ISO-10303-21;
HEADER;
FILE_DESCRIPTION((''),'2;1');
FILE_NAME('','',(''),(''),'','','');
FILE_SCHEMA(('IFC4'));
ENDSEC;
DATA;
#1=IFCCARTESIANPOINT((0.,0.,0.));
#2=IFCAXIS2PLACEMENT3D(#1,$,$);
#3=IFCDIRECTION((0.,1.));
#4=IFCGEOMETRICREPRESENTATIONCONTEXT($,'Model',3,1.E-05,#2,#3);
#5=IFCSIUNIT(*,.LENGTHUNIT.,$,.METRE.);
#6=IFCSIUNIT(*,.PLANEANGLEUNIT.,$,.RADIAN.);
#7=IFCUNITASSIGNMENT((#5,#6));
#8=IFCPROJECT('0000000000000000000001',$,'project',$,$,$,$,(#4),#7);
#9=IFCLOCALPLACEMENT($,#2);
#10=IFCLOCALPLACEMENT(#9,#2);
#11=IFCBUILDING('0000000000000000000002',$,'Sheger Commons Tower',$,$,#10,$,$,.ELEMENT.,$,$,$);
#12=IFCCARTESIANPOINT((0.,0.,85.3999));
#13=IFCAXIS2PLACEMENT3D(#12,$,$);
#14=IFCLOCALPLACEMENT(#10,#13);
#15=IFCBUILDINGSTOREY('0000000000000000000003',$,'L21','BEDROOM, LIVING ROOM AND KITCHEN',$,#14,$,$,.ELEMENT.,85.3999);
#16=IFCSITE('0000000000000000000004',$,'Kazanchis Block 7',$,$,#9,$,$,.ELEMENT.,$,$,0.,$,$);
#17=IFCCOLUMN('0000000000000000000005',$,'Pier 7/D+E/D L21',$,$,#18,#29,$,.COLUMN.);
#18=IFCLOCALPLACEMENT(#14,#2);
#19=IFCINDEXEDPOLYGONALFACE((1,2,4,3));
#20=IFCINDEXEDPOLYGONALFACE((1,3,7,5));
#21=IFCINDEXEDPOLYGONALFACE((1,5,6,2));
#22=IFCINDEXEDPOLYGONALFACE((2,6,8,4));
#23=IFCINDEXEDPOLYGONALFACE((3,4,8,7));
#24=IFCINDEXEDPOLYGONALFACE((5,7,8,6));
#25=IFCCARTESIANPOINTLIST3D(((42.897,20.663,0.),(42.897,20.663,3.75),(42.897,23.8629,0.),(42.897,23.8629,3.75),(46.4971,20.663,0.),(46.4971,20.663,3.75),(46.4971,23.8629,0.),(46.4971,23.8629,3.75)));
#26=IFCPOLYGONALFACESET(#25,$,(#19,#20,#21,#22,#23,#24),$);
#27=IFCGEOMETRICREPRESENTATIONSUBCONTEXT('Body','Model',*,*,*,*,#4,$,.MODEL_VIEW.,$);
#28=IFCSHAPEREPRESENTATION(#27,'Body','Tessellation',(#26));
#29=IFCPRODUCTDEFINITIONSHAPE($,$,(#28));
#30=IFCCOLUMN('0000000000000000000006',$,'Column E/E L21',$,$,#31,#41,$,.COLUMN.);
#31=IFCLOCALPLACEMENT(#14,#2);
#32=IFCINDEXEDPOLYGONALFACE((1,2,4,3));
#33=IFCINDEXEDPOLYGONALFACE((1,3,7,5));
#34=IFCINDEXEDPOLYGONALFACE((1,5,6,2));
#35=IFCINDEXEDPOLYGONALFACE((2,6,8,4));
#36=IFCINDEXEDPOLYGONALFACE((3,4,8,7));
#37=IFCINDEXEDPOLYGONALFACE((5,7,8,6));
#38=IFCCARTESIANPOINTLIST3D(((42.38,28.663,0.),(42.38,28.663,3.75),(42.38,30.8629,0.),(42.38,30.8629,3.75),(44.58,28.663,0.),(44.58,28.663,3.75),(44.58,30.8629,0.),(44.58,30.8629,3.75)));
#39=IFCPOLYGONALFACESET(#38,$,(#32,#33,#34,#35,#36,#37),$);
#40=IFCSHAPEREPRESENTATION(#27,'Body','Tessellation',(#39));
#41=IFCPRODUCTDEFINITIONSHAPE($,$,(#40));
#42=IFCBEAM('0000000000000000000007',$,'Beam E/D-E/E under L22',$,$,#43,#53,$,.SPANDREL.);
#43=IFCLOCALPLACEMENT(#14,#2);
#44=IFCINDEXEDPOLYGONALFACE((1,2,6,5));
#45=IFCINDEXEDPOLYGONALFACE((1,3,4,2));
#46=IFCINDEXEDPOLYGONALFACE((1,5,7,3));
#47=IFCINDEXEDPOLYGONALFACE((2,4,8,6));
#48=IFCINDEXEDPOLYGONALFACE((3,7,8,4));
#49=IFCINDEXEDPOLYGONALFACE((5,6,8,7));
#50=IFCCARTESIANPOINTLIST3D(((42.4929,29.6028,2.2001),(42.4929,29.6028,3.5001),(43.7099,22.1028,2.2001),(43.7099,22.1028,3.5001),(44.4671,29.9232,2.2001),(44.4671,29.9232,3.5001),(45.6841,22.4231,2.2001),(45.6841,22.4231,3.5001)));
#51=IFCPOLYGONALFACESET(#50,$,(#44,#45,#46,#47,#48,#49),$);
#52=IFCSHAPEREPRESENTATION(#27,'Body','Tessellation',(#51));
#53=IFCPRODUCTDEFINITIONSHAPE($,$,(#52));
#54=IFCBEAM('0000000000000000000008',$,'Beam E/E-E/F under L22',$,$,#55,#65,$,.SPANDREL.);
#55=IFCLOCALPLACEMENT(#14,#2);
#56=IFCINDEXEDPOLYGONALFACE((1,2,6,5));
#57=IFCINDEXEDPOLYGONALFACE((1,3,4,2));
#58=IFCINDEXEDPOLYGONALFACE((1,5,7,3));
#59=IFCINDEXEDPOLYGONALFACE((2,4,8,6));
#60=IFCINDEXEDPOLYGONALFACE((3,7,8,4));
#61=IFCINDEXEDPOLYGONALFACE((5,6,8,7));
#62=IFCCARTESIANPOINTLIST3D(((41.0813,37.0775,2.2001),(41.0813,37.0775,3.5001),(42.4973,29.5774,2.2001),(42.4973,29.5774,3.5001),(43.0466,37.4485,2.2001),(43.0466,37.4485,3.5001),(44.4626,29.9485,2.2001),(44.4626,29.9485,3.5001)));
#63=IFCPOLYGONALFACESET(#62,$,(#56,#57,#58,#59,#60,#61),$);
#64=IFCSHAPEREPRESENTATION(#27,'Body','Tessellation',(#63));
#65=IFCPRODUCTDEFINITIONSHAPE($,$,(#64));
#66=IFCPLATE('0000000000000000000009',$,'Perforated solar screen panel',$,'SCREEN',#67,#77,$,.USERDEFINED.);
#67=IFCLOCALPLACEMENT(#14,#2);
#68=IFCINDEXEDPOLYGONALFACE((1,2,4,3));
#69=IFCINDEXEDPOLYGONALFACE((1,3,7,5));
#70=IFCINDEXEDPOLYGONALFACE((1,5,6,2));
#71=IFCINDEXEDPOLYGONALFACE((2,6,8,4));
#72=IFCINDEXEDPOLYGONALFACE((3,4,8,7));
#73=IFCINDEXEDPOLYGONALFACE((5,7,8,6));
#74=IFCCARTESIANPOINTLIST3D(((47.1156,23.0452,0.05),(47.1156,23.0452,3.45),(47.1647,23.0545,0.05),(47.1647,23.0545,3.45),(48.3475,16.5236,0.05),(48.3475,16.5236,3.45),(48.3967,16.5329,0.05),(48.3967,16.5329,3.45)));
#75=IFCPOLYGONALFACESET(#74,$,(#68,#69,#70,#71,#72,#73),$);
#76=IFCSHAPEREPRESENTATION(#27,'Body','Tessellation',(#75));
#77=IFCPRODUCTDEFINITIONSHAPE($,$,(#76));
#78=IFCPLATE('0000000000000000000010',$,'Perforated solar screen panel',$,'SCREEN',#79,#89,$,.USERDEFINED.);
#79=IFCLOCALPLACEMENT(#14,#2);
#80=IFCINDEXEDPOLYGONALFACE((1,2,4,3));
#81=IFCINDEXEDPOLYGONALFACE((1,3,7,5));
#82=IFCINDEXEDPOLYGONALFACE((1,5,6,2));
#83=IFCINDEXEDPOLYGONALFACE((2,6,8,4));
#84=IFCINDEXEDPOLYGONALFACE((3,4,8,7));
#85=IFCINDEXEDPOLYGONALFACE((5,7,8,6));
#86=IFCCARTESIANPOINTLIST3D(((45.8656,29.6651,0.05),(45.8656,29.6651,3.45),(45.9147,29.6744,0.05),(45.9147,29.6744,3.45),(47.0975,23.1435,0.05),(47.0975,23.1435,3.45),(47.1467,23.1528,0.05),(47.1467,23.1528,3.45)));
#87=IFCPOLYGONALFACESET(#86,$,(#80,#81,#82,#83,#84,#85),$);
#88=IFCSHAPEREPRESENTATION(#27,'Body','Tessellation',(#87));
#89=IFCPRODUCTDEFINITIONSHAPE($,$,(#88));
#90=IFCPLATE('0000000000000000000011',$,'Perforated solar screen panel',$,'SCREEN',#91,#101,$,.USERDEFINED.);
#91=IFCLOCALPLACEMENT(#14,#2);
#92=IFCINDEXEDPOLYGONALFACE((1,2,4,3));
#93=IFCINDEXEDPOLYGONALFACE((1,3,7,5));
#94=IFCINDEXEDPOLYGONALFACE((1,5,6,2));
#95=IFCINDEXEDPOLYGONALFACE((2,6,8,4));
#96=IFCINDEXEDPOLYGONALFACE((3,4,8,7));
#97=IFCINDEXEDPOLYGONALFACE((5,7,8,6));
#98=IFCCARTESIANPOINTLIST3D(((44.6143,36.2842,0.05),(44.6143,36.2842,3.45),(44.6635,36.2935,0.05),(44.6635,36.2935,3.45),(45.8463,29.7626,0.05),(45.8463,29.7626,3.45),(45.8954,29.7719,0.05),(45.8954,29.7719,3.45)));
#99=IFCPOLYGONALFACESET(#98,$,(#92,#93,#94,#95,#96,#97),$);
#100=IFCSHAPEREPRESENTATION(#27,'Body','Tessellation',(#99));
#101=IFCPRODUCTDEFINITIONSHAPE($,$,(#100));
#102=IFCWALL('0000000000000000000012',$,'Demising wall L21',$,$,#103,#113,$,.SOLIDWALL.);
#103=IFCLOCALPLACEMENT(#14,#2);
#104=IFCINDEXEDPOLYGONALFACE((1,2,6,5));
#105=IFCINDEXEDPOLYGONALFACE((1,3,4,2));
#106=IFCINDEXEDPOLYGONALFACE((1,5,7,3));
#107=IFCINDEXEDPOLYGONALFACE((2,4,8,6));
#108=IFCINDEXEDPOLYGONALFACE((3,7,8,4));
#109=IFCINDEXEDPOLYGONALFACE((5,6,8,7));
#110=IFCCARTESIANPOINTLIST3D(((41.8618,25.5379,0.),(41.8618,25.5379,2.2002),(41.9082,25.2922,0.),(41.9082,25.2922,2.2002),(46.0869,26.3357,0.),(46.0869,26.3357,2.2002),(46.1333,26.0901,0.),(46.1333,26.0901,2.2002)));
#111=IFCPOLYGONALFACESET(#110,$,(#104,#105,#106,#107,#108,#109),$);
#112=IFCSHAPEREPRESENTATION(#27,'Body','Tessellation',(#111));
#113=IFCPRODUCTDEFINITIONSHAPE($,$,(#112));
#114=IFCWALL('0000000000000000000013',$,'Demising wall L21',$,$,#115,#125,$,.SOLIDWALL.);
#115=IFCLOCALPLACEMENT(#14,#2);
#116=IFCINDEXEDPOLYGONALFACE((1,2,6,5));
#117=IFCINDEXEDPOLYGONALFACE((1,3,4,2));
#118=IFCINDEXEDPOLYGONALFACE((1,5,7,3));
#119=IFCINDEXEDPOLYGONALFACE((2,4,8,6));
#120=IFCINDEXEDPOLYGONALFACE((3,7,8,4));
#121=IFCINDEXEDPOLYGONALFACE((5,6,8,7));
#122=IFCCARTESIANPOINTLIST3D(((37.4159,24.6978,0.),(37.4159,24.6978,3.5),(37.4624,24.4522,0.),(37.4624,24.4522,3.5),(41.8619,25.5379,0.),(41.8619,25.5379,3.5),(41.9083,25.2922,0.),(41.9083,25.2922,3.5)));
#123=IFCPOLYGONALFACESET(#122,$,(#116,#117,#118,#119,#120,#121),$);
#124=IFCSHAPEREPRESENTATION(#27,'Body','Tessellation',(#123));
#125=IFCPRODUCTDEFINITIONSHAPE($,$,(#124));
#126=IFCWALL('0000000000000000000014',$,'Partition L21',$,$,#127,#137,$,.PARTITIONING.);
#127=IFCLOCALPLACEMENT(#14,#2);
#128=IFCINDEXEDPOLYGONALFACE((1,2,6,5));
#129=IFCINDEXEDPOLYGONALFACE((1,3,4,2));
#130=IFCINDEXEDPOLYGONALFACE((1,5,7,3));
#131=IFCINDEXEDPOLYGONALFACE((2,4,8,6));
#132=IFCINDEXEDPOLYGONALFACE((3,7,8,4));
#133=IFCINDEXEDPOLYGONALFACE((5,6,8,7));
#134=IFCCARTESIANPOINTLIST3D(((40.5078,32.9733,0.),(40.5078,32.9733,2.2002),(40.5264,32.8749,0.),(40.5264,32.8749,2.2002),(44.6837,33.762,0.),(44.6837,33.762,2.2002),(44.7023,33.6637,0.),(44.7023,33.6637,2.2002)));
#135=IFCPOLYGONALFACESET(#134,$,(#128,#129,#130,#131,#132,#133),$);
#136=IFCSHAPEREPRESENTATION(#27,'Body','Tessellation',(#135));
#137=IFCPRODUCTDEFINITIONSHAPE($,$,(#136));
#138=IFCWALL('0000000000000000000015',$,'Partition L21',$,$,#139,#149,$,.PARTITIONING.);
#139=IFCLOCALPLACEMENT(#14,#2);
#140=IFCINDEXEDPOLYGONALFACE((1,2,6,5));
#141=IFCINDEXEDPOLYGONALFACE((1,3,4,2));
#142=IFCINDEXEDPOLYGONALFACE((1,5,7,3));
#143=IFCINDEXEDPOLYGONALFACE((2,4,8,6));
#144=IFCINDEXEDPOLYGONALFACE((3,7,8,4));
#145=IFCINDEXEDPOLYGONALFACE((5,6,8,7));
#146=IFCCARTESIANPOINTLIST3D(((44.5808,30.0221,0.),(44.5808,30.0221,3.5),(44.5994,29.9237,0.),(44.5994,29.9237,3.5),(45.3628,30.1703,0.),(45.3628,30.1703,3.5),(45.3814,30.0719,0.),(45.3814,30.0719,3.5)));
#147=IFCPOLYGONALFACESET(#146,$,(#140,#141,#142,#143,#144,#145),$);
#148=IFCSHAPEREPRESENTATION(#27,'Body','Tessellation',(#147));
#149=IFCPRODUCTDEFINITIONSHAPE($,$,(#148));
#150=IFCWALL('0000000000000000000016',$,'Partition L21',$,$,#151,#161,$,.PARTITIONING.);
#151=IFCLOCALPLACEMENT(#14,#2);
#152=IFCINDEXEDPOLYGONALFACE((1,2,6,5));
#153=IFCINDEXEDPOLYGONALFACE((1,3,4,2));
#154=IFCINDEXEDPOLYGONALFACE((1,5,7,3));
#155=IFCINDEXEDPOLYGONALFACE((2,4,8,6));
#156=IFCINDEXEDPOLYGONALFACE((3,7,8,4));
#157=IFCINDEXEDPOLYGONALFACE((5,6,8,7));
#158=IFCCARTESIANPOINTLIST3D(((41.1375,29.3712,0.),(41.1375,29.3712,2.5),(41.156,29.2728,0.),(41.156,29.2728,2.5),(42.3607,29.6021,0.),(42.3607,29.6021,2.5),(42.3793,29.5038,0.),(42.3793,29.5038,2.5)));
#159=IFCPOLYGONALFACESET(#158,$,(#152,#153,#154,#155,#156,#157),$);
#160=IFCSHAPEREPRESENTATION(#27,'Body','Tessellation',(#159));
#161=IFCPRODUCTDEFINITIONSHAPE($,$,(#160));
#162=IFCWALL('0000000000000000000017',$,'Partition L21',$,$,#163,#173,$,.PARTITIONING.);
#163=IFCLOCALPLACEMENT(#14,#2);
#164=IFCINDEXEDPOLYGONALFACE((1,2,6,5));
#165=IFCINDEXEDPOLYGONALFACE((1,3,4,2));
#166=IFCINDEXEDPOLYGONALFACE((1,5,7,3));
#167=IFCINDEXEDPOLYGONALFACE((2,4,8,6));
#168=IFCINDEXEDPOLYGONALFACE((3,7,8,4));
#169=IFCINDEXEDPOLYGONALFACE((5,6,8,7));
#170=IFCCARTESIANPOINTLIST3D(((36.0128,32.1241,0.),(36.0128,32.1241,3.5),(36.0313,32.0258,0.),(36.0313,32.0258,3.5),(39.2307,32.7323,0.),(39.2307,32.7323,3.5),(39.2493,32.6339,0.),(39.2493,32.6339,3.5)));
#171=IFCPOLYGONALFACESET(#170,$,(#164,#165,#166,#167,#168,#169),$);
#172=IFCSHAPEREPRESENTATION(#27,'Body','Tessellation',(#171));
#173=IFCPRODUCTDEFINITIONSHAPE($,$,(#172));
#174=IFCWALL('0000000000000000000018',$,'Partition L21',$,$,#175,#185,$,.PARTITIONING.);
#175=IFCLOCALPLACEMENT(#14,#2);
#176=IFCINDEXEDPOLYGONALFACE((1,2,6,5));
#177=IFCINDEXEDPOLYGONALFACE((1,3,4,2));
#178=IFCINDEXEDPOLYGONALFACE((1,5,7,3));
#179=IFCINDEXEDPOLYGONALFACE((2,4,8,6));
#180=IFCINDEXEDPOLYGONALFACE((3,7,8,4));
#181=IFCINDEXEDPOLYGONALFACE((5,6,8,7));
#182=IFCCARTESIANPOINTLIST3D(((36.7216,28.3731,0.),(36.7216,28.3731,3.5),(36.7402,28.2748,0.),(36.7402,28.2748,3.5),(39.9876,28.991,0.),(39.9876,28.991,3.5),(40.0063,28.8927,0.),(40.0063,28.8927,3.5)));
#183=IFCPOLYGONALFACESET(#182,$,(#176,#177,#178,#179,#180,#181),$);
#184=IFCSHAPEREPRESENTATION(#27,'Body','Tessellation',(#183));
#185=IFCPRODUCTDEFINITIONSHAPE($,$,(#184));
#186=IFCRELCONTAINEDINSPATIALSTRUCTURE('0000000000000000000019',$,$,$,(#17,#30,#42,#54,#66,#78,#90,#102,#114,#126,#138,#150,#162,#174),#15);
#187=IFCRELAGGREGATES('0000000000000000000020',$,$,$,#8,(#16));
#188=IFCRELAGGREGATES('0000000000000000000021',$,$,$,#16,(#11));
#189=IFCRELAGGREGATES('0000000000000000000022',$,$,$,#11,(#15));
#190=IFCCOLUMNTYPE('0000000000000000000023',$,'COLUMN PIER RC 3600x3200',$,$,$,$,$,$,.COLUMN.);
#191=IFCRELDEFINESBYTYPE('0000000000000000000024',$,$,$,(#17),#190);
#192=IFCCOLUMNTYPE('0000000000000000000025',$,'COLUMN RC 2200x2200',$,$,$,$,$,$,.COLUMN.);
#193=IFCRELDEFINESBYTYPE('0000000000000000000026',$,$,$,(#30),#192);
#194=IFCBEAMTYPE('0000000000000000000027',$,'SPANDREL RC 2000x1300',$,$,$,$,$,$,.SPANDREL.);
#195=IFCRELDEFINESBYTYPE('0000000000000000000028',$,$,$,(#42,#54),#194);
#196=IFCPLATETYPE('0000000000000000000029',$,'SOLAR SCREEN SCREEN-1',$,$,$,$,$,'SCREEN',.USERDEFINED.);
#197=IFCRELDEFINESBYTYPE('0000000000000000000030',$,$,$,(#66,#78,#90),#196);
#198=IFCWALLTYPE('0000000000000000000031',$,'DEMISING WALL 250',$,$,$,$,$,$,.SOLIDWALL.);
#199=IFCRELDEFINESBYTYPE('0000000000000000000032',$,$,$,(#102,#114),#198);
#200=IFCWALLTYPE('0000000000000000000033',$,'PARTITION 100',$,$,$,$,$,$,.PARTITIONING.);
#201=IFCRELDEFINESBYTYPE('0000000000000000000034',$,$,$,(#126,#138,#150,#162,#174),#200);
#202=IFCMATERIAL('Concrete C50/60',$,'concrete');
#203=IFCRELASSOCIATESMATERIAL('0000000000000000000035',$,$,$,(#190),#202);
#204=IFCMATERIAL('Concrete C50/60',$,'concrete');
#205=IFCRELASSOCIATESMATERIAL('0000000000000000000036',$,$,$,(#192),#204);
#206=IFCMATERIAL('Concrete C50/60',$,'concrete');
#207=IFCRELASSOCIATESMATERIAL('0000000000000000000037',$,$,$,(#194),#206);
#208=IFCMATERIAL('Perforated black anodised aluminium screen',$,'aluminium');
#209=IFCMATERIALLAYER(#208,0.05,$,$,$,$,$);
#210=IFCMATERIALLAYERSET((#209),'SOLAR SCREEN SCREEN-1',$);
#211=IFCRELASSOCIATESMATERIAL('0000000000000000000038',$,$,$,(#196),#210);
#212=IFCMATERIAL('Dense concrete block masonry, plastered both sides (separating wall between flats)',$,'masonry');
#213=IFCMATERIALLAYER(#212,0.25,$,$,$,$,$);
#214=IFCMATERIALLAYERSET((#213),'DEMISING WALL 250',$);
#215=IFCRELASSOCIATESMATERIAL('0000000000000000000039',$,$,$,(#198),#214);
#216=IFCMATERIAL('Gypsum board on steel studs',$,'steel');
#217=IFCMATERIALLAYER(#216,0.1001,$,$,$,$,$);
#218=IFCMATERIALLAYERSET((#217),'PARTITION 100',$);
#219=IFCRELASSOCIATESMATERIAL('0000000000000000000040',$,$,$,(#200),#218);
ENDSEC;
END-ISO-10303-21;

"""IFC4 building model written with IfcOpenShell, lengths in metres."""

from ifc_helpers import new_model, si_unit, direction, frame, frame_2d, origin, origin_2d, place, context, subcontext, project, spatial, rectangle, extrude, material, layer, layer_set, material_profile, profile_set, type_object, element, save


model = new_model("IFC4")

# Units and contexts
model_context = context("Model", 3, precision=1e-05, world=origin(), true_north=direction((0.0, 1.0)))
body_context = subcontext(model_context, "Body", "Model", "MODEL_VIEW")
ifc_project = project(units=[si_unit("LENGTHUNIT", "METRE"), si_unit("PLANEANGLEUNIT", "RADIAN")], contexts=[model_context])

# Site, building, storey
site_placement = place(None, origin())
site = spatial("IfcSite", under=ifc_project, at=site_placement, Name="Kazanchis Block 7", CompositionType="ELEMENT", RefElevation=0.0)
building_placement = place(site_placement, origin())
building = spatial("IfcBuilding", under=site, at=building_placement, Name="Sheger Commons Tower", CompositionType="ELEMENT")
storey_placement = place(building_placement, frame((0.0, 0.0, 85.3999)))
storey = spatial("IfcBuildingStorey", under=building, at=storey_placement, Name="L21", Description="BEDROOM, LIVING ROOM AND KITCHEN", CompositionType="ELEMENT", Elevation=85.3999)

# Columns
ifc_material_1 = material(Name="Concrete C50/60", Category="concrete")
ifc_material_profile_1 = material_profile(ifc_material_1, rectangle(XDim=3.6001, YDim=3.2, at=origin_2d()), Name="RC 3600x3200")
ifc_profile_set_1 = profile_set([ifc_material_profile_1], Name="Concrete C50/60")
column_type_1 = type_object("IfcColumnType", Name="COLUMN PIER RC 3600x3200", PredefinedType="COLUMN", material=ifc_profile_set_1)
column_1_placement = place(storey_placement, frame((44.697, 22.2629, 0.0), z_axis=(0.0, 0.0, 1.0), x_axis=(1.0, 0.0, 0.0)))
element("IfcColumn", 1, at=column_1_placement, inside=storey, type_object=column_type_1, Name="Pier 7/D+E/D L21", PredefinedType="COLUMN", context=body_context, shape_type="SweptSolid", body=[
    extrude(rectangle(XDim=3.6001, YDim=3.2, at=origin_2d()), origin(), (0.0, 0.0, 1.0), 3.75),
])
ifc_material_2 = material(Name="Concrete C50/60", Category="concrete")
ifc_material_profile_2 = material_profile(ifc_material_2, rectangle(XDim=2.2, YDim=2.2, at=origin_2d()), Name="RC 2200x2200")
ifc_profile_set_2 = profile_set([ifc_material_profile_2], Name="Concrete C50/60")
column_type_2 = type_object("IfcColumnType", Name="COLUMN RC 2200x2200", PredefinedType="COLUMN", material=ifc_profile_set_2)
column_2_placement = place(storey_placement, frame((43.48, 29.7629, 0.0), z_axis=(0.0, 0.0, 1.0), x_axis=(1.0, 0.0, 0.0)))
element("IfcColumn", 2, at=column_2_placement, inside=storey, type_object=column_type_2, Name="Column E/E L21", PredefinedType="COLUMN", context=body_context, shape_type="SweptSolid", body=[
    extrude(rectangle(XDim=2.2, YDim=2.2, at=origin_2d()), origin(), (0.0, 0.0, 1.0), 3.75),
])

# Beams
ifc_material_3 = material(Name="Concrete C50/60", Category="concrete")
ifc_material_profile_3 = material_profile(ifc_material_3, rectangle(XDim=2.0, YDim=1.3, at=origin_2d()), Name="RC 2000x1300")
ifc_profile_set_3 = profile_set([ifc_material_profile_3], Name="Concrete C50/60")
beam_type = type_object("IfcBeamType", Name="SPANDREL RC 2000x1300", PredefinedType="SPANDREL", material=ifc_profile_set_3)
beam_1_placement = place(storey_placement, frame((44.697, 22.2629, 2.8501), z_axis=(-0.160177, 0.987088, 0.0), x_axis=(-0.987088, -0.160177, 0.0)))
element("IfcBeam", 3, at=beam_1_placement, inside=storey, type_object=beam_type, Name="Beam E/D-E/E under L22", PredefinedType="SPANDREL", context=body_context, shape_type="SweptSolid", body=[
    extrude(rectangle(XDim=2.0, YDim=1.3, at=origin_2d()), origin(), (0.0, 0.0, 1.0), 7.5981),
])
beam_2_placement = place(storey_placement, frame((43.48, 29.7629, 2.8501), z_axis=(-0.185524, 0.98264, 0.0), x_axis=(-0.98264, -0.185524, 0.0)))
element("IfcBeam", 4, at=beam_2_placement, inside=storey, type_object=beam_type, Name="Beam E/E-E/F under L22", PredefinedType="SPANDREL", context=body_context, shape_type="SweptSolid", body=[
    extrude(rectangle(XDim=2.0, YDim=1.3, at=origin_2d()), origin(), (0.0, 0.0, 1.0), 7.6326),
])

# Plates
ifc_material_4 = material(Name="Perforated black anodised aluminium screen", Category="aluminium")
ifc_layer_1 = layer(ifc_material_4, 0.05)
ifc_layer_set_1 = layer_set([ifc_layer_1], Name="SOLAR SCREEN SCREEN-1")
plate_type = type_object("IfcPlateType", Name="SOLAR SCREEN SCREEN-1", ElementType="SCREEN", PredefinedType="USERDEFINED", material=ifc_layer_set_1)
for number, where, z_axis, x_axis, name in (
    (5, (47.7561, 19.7891, 0.05), (0.0, 0.0, 1.0), (-0.185615, 0.982623, 0.0), "Perforated solar screen panel"),
    (6, (46.5061, 26.4089, 0.05), (0.0, 0.0, 1.0), (-0.185615, 0.982623, 0.0), "Perforated solar screen panel"),
    (7, (45.2549, 33.0281, 0.05), (0.0, 0.0, 1.0), (-0.185615, 0.982623, 0.0), "Perforated solar screen panel"),
):
    element("IfcPlate", number, at=place(storey_placement, frame(where, z_axis=z_axis, x_axis=x_axis)), inside=storey, type_object=plate_type, Name=name, ObjectType="SCREEN", PredefinedType="USERDEFINED", context=body_context, shape_type="SweptSolid", body=[
        extrude(rectangle(XDim=6.637, YDim=0.05, at=origin_2d()), origin(), (0.0, 0.0, 1.0), 3.3999),
    ])

# Walls
ifc_material_5 = material(Name="Dense concrete block masonry, plastered both sides (separating wall between flats)", Category="masonry")
ifc_layer_2 = layer(ifc_material_5, 0.25)
ifc_layer_set_2 = layer_set([ifc_layer_2], Name="DEMISING WALL 250")
wall_type_1 = type_object("IfcWallType", Name="DEMISING WALL 250", PredefinedType="SOLIDWALL", material=ifc_layer_set_2)
wall_1_placement = place(storey_placement, frame((46.1101, 26.2129, 0.0), z_axis=(0.0, 0.0, 1.0), x_axis=(-0.982634, -0.185557, 0.0)))
element("IfcWall", 8, at=wall_1_placement, inside=storey, type_object=wall_type_1, Name="Demising wall L21", PredefinedType="SOLIDWALL", context=body_context, shape_type="SweptSolid", body=[
    extrude(rectangle(XDim=4.2998, YDim=0.25, at=frame_2d((2.1499, 0.0))), origin(), (0.0, 0.0, 1.0), 2.2002),
])
wall_2_placement = place(storey_placement, frame((41.885, 25.415, 0.0), z_axis=(0.0, 0.0, 1.0), x_axis=(-0.982613, -0.185666, 0.0)))
element("IfcWall", 9, at=wall_2_placement, inside=storey, type_object=wall_type_1, Name="Demising wall L21", PredefinedType="SOLIDWALL", context=body_context, shape_type="SweptSolid", body=[
    extrude(rectangle(XDim=4.5247, YDim=0.25, at=frame_2d((2.2622, 0.0))), origin(), (0.0, 0.0, 1.0), 3.5),
])
ifc_material_6 = material(Name="Gypsum board on steel studs", Category="steel")
ifc_layer_3 = layer(ifc_material_6, 0.1001)
ifc_layer_set_3 = layer_set([ifc_layer_3], Name="PARTITION 100")
wall_type_2 = type_object("IfcWallType", Name="PARTITION 100", PredefinedType="PARTITIONING", material=ifc_layer_set_3)
wall_3_placement = place(storey_placement, frame((44.6931, 33.7129, 0.0), z_axis=(0.0, 0.0, 1.0), x_axis=(-0.982624, -0.18561, 0.0)))
element("IfcWall", 10, at=wall_3_placement, inside=storey, type_object=wall_type_2, Name="Partition L21", PredefinedType="PARTITIONING", context=body_context, shape_type="SweptSolid", body=[
    extrude(rectangle(XDim=4.2498, YDim=0.1001, at=frame_2d((2.125, 0.0))), origin(), (0.0, 0.0, 1.0), 2.2002),
])
wall_4_placement = place(storey_placement, frame((45.3721, 30.1211, 0.0), z_axis=(0.0, 0.0, 1.0), x_axis=(-0.982513, -0.186196, 0.0)))
element("IfcWall", 11, at=wall_4_placement, inside=storey, type_object=wall_type_2, Name="Partition L21", PredefinedType="PARTITIONING", context=body_context, shape_type="SweptSolid", body=[
    extrude(rectangle(XDim=0.7959, YDim=0.1001, at=frame_2d((0.3979, 0.0))), origin(), (0.0, 0.0, 1.0), 3.5),
])
wall_5_placement = place(storey_placement, frame((42.3701, 29.553, 0.0), z_axis=(0.0, 0.0, 1.0), x_axis=(-0.982636, -0.185544, 0.0)))
element("IfcWall", 12, at=wall_5_placement, inside=storey, type_object=wall_type_2, Name="Partition L21", PredefinedType="PARTITIONING", context=body_context, shape_type="SweptSolid", body=[
    extrude(rectangle(XDim=1.2449, YDim=0.1001, at=frame_2d((0.6226, 0.0))), origin(), (0.0, 0.0, 1.0), 2.5),
])
wall_6_placement = place(storey_placement, frame((39.24, 32.6831, 0.0), z_axis=(0.0, 0.0, 1.0), x_axis=(-0.982607, -0.185697, 0.0)))
element("IfcWall", 13, at=wall_6_placement, inside=storey, type_object=wall_type_2, Name="Partition L21", PredefinedType="PARTITIONING", context=body_context, shape_type="SweptSolid", body=[
    extrude(rectangle(XDim=3.2749, YDim=0.1001, at=frame_2d((1.6375, 0.0))), origin(), (0.0, 0.0, 1.0), 3.5),
])
wall_7_placement = place(storey_placement, frame((39.9971, 28.9419, 0.0), z_axis=(0.0, 0.0, 1.0), x_axis=(-0.98257, -0.185894, 0.0)))
element("IfcWall", 14, at=wall_7_placement, inside=storey, type_object=wall_type_2, Name="Partition L21", PredefinedType="PARTITIONING", context=body_context, shape_type="SweptSolid", body=[
    extrude(rectangle(XDim=3.324, YDim=0.1001, at=frame_2d((1.6621, 0.0))), origin(), (0.0, 0.0, 1.0), 3.5),
])

save(model, "model.ifc")
